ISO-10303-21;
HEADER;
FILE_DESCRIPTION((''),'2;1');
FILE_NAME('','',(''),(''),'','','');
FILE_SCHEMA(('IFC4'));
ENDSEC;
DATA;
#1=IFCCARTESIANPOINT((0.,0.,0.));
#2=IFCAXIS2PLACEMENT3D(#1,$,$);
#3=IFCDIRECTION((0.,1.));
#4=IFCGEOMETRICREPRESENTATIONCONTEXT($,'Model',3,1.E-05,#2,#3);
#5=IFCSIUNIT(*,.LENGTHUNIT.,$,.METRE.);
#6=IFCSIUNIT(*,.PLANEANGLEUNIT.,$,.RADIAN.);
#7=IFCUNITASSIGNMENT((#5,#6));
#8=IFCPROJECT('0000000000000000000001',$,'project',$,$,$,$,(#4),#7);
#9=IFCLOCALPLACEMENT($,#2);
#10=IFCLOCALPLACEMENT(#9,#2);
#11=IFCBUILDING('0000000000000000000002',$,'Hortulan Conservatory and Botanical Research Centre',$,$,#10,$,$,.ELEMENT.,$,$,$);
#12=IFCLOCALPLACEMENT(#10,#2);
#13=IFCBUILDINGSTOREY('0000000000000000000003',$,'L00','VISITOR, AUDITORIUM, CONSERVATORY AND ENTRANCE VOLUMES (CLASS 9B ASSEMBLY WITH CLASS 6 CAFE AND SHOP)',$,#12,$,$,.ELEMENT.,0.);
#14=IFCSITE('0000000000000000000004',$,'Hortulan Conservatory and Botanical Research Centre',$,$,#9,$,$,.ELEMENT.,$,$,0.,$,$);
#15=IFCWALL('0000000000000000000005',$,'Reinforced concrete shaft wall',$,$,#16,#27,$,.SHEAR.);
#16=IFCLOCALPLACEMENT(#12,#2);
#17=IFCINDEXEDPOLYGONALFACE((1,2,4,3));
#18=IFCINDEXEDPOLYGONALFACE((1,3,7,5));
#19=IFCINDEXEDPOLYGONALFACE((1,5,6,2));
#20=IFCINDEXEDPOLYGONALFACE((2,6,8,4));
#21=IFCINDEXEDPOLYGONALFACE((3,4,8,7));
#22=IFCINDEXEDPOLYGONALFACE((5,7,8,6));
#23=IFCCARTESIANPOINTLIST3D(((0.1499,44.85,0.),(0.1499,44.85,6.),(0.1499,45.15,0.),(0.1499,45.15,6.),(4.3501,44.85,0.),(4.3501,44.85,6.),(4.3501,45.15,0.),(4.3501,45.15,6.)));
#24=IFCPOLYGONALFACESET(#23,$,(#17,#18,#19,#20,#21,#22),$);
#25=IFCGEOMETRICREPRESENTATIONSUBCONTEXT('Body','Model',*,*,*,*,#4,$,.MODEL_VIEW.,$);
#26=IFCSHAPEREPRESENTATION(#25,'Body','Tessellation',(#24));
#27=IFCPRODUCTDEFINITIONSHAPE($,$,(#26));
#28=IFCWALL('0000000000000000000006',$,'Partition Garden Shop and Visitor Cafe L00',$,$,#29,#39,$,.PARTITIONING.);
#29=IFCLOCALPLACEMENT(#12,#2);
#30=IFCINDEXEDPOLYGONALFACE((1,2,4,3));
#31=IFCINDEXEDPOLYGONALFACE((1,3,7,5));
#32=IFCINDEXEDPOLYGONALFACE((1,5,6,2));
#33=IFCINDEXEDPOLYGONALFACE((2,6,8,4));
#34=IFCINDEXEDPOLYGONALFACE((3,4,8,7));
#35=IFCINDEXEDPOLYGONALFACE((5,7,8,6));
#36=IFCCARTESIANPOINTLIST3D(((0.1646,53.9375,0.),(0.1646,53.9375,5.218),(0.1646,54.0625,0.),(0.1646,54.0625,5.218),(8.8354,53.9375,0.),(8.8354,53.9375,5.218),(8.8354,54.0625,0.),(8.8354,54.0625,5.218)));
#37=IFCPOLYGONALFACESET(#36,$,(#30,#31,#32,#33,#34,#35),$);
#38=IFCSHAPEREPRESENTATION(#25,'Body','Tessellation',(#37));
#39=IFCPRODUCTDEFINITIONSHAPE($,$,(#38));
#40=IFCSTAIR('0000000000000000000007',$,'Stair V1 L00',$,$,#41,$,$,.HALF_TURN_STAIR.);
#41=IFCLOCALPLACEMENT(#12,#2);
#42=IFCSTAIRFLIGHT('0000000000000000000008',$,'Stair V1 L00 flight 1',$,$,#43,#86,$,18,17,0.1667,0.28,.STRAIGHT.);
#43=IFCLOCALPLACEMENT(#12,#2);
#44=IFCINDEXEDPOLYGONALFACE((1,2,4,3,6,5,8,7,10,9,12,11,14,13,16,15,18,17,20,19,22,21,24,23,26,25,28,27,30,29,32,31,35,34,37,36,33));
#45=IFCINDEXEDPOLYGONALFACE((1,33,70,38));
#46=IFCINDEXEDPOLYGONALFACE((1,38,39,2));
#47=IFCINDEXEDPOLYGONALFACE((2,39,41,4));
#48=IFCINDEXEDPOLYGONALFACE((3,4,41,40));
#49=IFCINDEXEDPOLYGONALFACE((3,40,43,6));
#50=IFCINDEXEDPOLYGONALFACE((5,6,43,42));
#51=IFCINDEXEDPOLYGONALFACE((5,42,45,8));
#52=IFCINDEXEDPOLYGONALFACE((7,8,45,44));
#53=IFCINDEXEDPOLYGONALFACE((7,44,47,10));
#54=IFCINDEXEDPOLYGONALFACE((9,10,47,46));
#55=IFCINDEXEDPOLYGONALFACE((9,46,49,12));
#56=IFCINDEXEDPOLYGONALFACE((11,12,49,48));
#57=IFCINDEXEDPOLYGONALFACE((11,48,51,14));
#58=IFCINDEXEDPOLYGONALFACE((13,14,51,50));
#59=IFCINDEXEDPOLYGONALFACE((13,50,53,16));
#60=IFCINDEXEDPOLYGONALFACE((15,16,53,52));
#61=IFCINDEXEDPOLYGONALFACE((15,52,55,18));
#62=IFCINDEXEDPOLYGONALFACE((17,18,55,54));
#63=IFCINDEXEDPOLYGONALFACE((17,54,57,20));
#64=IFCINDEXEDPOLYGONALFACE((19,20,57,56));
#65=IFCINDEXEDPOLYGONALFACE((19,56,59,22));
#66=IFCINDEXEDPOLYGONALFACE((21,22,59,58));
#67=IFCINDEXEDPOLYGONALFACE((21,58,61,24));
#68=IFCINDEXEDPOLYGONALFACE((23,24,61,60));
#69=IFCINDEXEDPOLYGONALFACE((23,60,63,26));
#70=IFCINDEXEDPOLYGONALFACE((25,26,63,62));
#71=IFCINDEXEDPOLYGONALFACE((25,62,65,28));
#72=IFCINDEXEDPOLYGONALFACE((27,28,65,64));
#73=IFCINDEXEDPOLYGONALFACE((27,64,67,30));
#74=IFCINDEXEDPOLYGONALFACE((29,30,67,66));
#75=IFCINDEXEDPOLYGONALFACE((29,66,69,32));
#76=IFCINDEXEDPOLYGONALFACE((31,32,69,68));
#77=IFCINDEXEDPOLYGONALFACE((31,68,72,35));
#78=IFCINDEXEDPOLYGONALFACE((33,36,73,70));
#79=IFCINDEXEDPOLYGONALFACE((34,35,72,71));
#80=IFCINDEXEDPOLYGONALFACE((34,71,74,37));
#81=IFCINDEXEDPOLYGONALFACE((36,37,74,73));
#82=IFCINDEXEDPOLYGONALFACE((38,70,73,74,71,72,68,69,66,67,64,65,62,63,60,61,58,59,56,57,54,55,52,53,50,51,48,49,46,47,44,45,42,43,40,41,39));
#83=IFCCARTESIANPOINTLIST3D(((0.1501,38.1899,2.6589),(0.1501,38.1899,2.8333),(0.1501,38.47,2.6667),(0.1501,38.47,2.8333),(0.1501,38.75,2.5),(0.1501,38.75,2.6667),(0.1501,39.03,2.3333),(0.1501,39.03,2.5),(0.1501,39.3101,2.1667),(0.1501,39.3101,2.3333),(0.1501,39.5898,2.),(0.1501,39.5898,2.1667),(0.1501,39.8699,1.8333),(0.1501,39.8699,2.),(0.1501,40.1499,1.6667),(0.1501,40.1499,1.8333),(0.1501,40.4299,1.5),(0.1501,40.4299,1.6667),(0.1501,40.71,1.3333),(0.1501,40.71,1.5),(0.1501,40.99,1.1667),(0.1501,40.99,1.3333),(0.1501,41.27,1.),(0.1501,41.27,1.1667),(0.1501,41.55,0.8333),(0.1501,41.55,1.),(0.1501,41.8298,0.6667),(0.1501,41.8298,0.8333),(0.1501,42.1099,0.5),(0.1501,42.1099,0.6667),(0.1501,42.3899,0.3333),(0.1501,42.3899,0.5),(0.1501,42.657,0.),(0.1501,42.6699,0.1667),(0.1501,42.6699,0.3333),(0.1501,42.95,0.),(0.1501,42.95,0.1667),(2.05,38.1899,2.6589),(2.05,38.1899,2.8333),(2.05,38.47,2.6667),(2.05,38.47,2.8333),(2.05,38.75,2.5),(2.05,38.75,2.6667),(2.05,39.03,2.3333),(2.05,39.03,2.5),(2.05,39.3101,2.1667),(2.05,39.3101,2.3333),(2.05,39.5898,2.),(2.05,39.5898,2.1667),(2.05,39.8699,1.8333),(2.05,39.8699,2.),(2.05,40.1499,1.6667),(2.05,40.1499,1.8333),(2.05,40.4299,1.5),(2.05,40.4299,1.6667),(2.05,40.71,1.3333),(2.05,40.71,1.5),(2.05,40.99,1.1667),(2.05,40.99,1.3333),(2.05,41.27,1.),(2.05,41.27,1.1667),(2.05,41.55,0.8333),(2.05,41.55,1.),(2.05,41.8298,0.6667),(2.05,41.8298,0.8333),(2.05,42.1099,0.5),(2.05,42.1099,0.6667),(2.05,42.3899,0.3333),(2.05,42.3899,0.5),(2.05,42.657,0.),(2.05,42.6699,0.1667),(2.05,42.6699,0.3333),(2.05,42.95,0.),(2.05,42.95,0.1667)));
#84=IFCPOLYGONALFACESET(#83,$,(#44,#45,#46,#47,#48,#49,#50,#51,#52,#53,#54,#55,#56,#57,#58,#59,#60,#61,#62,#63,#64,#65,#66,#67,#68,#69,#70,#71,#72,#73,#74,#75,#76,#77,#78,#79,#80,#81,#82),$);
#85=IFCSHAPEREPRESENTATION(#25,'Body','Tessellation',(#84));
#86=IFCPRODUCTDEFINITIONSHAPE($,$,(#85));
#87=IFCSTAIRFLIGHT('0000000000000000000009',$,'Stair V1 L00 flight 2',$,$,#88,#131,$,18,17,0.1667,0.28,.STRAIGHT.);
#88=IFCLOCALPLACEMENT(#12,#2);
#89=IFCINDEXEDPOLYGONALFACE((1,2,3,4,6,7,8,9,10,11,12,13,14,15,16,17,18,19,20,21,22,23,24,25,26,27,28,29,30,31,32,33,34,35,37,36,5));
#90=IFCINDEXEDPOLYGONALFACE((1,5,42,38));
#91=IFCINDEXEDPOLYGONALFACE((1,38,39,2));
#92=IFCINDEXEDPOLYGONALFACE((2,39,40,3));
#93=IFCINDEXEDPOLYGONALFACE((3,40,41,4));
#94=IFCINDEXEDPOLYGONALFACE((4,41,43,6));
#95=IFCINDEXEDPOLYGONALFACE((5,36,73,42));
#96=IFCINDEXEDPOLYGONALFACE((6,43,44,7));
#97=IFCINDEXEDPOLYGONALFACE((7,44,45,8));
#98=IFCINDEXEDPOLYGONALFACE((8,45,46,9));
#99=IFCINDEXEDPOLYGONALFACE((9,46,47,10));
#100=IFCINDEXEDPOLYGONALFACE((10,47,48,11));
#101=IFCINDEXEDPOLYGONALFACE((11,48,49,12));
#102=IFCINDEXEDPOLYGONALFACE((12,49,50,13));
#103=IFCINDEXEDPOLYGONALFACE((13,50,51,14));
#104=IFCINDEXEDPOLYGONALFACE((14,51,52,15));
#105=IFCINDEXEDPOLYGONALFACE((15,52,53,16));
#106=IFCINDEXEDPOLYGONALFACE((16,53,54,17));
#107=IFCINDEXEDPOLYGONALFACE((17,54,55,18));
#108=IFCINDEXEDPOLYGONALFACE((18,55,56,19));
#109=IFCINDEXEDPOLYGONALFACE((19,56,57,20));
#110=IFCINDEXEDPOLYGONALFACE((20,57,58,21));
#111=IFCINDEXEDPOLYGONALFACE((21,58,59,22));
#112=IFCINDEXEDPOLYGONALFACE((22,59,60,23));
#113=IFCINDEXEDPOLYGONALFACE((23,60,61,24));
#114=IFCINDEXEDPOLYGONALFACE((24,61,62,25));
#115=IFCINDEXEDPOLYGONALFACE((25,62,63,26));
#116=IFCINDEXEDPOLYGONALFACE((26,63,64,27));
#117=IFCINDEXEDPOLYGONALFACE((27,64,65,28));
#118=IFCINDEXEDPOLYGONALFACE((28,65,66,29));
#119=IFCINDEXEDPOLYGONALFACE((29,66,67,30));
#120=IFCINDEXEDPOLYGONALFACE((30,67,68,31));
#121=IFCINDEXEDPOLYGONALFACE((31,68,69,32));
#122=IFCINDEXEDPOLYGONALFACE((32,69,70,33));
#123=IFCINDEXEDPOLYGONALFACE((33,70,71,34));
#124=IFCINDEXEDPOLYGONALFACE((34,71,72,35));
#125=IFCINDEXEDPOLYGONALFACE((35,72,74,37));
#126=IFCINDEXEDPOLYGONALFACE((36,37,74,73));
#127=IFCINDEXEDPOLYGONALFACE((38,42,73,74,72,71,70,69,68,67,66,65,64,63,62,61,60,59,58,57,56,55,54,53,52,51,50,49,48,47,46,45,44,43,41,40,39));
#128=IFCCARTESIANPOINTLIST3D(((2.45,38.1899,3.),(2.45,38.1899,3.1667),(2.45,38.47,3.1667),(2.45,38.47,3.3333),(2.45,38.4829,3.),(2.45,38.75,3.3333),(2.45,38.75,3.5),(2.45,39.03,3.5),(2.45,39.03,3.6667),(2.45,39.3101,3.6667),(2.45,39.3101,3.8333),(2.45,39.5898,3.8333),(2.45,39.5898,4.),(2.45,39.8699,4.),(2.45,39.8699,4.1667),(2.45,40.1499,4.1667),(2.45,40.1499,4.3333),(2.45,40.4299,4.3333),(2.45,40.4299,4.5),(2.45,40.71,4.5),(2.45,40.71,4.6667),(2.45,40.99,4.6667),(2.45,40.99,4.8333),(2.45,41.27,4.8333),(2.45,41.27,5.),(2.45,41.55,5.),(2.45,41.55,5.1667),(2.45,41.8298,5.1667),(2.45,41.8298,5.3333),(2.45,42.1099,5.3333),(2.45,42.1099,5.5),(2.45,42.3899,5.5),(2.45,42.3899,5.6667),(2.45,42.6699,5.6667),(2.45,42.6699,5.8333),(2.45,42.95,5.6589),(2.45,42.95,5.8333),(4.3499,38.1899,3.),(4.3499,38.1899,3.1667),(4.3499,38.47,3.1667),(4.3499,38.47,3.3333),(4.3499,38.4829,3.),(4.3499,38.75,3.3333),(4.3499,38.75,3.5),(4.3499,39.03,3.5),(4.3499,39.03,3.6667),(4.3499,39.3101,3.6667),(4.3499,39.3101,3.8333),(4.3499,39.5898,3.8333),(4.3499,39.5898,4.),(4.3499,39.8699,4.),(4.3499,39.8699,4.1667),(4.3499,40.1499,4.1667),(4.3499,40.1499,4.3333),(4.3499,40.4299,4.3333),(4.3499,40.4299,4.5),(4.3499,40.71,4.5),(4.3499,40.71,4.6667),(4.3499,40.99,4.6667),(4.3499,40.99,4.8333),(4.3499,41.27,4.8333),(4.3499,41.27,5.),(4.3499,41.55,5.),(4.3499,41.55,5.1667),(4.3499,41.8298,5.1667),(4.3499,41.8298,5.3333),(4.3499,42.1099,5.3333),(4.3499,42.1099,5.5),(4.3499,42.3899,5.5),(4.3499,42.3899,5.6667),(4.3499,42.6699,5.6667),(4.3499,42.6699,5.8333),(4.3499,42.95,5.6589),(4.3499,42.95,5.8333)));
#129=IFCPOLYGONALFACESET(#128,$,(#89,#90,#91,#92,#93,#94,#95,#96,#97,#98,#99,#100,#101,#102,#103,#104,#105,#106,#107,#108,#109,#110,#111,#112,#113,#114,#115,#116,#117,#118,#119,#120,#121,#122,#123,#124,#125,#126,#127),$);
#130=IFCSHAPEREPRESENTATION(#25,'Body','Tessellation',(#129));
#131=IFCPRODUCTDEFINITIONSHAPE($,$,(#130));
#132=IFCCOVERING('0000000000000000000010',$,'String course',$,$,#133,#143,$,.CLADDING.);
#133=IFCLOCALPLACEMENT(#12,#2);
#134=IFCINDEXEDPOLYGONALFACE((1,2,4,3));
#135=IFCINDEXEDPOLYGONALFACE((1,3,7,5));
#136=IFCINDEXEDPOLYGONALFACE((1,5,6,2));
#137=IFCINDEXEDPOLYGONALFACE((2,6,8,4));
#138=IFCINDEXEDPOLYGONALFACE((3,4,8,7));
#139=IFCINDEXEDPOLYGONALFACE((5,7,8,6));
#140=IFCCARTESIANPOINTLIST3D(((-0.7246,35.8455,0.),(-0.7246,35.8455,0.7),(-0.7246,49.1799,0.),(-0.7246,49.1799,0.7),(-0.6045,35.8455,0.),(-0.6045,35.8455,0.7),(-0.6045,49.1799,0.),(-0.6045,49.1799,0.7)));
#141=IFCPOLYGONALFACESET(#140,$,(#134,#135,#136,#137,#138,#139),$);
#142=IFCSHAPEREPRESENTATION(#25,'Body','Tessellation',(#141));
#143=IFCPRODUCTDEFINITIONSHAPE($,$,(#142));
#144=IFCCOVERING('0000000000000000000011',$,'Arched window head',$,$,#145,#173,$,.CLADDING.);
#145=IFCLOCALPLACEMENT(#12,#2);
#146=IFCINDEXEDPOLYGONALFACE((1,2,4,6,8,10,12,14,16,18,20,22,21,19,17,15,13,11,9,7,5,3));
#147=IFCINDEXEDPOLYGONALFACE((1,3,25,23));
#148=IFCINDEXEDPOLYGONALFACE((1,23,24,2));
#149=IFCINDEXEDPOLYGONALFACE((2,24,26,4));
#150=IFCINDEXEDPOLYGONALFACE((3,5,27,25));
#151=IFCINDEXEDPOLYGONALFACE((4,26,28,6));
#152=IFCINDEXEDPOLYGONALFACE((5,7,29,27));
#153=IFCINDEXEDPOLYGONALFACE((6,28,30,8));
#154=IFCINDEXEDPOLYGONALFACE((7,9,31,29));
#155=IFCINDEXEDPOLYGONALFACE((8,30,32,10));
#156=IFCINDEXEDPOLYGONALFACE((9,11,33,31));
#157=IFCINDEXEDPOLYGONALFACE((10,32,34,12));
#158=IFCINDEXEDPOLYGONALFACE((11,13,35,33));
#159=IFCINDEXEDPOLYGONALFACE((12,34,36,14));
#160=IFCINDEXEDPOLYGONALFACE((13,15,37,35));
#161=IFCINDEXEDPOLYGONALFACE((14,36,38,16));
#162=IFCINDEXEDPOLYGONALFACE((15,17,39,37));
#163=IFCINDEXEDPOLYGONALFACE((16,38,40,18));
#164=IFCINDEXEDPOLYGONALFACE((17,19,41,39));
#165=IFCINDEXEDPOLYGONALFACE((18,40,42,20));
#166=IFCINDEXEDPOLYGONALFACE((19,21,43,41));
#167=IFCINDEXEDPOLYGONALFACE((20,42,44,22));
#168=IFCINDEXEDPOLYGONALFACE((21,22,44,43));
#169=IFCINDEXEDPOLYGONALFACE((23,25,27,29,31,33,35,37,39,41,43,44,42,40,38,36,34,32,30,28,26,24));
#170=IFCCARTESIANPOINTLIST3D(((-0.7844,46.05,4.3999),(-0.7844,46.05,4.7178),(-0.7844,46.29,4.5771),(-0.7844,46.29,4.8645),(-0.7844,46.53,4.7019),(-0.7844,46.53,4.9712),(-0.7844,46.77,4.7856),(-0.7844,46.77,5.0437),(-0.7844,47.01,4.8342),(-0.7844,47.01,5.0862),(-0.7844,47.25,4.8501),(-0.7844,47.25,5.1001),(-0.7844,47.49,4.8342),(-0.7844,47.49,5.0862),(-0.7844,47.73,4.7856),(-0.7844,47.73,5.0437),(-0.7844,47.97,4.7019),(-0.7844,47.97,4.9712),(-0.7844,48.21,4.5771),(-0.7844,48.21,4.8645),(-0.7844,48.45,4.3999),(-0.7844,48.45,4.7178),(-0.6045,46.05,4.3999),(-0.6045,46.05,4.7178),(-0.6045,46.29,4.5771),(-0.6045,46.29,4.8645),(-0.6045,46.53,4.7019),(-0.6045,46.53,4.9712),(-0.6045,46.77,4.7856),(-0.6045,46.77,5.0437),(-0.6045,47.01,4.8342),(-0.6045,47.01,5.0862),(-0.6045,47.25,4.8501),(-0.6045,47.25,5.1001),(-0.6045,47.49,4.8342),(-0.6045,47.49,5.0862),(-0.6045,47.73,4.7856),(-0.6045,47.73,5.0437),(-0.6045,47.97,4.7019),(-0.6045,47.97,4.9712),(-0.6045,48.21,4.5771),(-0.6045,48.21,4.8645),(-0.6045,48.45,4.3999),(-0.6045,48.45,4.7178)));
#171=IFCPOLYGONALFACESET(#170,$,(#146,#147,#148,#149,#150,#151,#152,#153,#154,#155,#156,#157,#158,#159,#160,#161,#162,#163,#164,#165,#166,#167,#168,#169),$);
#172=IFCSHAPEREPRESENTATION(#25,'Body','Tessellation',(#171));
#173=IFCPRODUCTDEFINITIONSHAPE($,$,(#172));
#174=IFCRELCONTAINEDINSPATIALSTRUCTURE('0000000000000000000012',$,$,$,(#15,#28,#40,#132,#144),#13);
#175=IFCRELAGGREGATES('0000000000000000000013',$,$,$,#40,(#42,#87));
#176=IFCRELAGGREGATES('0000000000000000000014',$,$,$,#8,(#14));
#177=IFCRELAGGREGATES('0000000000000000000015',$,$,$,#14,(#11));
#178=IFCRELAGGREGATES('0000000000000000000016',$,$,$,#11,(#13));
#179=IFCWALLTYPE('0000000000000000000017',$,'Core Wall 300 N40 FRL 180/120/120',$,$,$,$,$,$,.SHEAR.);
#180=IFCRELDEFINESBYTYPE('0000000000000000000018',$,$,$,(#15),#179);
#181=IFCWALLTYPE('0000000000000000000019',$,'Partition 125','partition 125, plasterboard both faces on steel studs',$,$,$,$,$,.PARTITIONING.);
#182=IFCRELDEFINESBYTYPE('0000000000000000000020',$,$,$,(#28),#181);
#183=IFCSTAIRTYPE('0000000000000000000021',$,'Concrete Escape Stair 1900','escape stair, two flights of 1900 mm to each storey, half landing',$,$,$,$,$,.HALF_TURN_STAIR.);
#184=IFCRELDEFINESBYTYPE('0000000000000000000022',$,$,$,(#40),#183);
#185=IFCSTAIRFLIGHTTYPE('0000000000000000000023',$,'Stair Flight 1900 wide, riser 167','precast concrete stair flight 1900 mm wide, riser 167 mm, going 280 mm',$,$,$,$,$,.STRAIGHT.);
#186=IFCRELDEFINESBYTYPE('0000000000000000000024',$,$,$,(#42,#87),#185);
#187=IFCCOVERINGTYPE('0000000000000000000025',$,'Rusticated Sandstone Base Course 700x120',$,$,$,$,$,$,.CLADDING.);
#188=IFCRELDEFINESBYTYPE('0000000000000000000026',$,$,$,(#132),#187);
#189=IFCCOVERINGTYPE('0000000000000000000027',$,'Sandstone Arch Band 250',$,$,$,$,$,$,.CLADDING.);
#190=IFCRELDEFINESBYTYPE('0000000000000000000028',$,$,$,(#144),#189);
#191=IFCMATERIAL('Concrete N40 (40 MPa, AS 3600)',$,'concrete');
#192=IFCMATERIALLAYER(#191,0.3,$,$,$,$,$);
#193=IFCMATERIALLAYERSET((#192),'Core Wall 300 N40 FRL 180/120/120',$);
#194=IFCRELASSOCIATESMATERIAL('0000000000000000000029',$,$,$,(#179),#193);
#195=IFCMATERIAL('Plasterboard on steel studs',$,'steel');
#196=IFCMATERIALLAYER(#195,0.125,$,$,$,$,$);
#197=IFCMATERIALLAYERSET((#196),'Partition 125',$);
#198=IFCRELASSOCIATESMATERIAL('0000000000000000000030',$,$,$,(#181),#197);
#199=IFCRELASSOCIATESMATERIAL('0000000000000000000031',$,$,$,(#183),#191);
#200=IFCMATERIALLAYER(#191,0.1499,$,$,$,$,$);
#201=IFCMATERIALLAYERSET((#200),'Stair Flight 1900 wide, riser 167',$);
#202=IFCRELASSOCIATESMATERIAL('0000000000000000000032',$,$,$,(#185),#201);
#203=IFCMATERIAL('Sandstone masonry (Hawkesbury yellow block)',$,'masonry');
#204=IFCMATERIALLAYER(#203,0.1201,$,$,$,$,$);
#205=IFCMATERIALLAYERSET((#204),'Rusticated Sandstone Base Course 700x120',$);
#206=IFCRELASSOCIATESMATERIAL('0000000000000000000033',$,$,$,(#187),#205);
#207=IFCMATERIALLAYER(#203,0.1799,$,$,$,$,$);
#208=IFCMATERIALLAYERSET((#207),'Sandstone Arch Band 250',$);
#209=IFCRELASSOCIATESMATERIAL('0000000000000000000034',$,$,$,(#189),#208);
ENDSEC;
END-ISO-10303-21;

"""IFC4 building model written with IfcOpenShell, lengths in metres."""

from ifc_helpers import new_model, si_unit, direction, frame, frame_2d, origin, origin_2d, place, context, subcontext, project, spatial, polyline, rectangle, outline, extrude, material, layer, layer_set, type_object, element, aggregate, save


model = new_model("IFC4")

# Units and contexts
model_context = context("Model", 3, precision=1e-05, world=origin(), true_north=direction((0.0, 1.0)))
body_context = subcontext(model_context, "Body", "Model", "MODEL_VIEW")
ifc_project = project(units=[si_unit("LENGTHUNIT", "METRE"), si_unit("PLANEANGLEUNIT", "RADIAN")], contexts=[model_context])

# Site, building, storey
site_placement = place(None, origin())
site = spatial("IfcSite", under=ifc_project, at=site_placement, Name="Hortulan Conservatory and Botanical Research Centre", CompositionType="ELEMENT", RefElevation=0.0)
building_placement = place(site_placement, origin())
building = spatial("IfcBuilding", under=site, at=building_placement, Name="Hortulan Conservatory and Botanical Research Centre", CompositionType="ELEMENT")
storey_placement = place(building_placement, origin())
storey = spatial("IfcBuildingStorey", under=building, at=storey_placement, Name="L00", Description="VISITOR, AUDITORIUM, CONSERVATORY AND ENTRANCE VOLUMES (CLASS 9B ASSEMBLY WITH CLASS 6 CAFE AND SHOP)", CompositionType="ELEMENT", Elevation=0.0)

# Walls
ifc_material_1 = material(Name="Concrete N40 (40 MPa, AS 3600)", Category="concrete")
ifc_layer_1 = layer(ifc_material_1, 0.3)
ifc_layer_set_1 = layer_set([ifc_layer_1], Name="Core Wall 300 N40 FRL 180/120/120")
wall_type_1 = type_object("IfcWallType", Name="Core Wall 300 N40 FRL 180/120/120", PredefinedType="SHEAR", material=ifc_layer_set_1)
wall_1_placement = place(storey_placement, frame((0.1499, 45.0, 0.0), z_axis=(0.0, 0.0, 1.0), x_axis=(1.0, 0.0, 0.0)))
element("IfcWall", 1, at=wall_1_placement, inside=storey, type_object=wall_type_1, Name="Reinforced concrete shaft wall", PredefinedType="SHEAR", context=body_context, shape_type="SweptSolid", body=[
    extrude(rectangle(XDim=4.2002, YDim=0.3, at=frame_2d((2.1001, 0.0))), origin(), (0.0, 0.0, 1.0), 6.0),
])
ifc_material_2 = material(Name="Plasterboard on steel studs", Category="steel")
ifc_layer_2 = layer(ifc_material_2, 0.125)
ifc_layer_set_2 = layer_set([ifc_layer_2], Name="Partition 125")
wall_type_2 = type_object("IfcWallType", Name="Partition 125", Description="partition 125, plasterboard both faces on steel studs", PredefinedType="PARTITIONING", material=ifc_layer_set_2)
wall_2_placement = place(storey_placement, frame((0.1646, 54.0, 0.0), z_axis=(0.0, 0.0, 1.0), x_axis=(1.0, 0.0, 0.0)))
element("IfcWall", 2, at=wall_2_placement, inside=storey, type_object=wall_type_2, Name="Partition Garden Shop and Visitor Cafe L00", PredefinedType="PARTITIONING", context=body_context, shape_type="SweptSolid", body=[
    extrude(rectangle(XDim=8.6709, YDim=0.125, at=frame_2d((4.3354, 0.0))), origin(), (0.0, 0.0, 1.0), 5.218),
])

# Stair, stair flights
stair_type = type_object("IfcStairType", Name="Concrete Escape Stair 1900", Description="escape stair, two flights of 1900 mm to each storey, half landing", PredefinedType="HALF_TURN_STAIR", material=ifc_material_1)
stair_placement = place(storey_placement, origin())
stair = element("IfcStair", 3, at=stair_placement, inside=storey, type_object=stair_type, Name="Stair V1 L00", PredefinedType="HALF_TURN_STAIR")
ifc_layer_3 = layer(ifc_material_1, 0.1499)
ifc_layer_set_3 = layer_set([ifc_layer_3], Name="Stair Flight 1900 wide, riser 167")
stair_flight_type = type_object("IfcStairFlightType", Name="Stair Flight 1900 wide, riser 167", Description="precast concrete stair flight 1900 mm wide, riser 167 mm, going 280 mm", PredefinedType="STRAIGHT", material=ifc_layer_set_3)
stair_flight_1_placement = place(storey_placement, frame((1.1001, 42.95, 0.0), z_axis=(0.0, 0.0, 1.0), x_axis=(0.0, -1.0, 0.0)))
stair_flight_1 = element("IfcStairFlight", 4, at=stair_flight_1_placement, type_object=stair_flight_type, Name="Stair V1 L00 flight 1", NumberOfRisers=18, NumberOfTreads=17, PredefinedType="STRAIGHT", RiserHeight=0.1667, TreadLength=0.28, context=body_context, shape_type="SweptSolid", body=[
    extrude(outline(polyline([(0.0, 0.0), (0.0, 0.1667), (0.28, 0.1667), (0.28, 0.3333), (0.5601, 0.3333), (0.5601, 0.5), (0.8401, 0.5), (0.8401, 0.6667), (1.1201, 0.6667), (1.1201, 0.8333), (1.3999, 0.8333), (1.3999, 1.0), (1.6799, 1.0), (1.6799, 1.1667), (1.96, 1.1667), (1.96, 1.3333), (2.24, 1.3333), (2.24, 1.5), (2.52, 1.5), (2.52, 1.6667), (2.8, 1.6667), (2.8, 1.8333), (3.0801, 1.8333), (3.0801, 2.0), (3.3601, 2.0), (3.3601, 2.1667), (3.6399, 2.1667), (3.6399, 2.3333), (3.9199, 2.3333), (3.9199, 2.5), (4.2, 2.5), (4.2, 2.6667), (4.48, 2.6667), (4.48, 2.8333), (4.76, 2.8333), (4.76, 3.0), (4.76, 2.6589), (0.293, 0.0), (0.0, 0.0)])), frame((0.0, 0.95, 0.0), z_axis=(0.0, -1.0, 0.0), x_axis=(1.0, 0.0, 0.0)), (0.0, 0.0, 1.0), 1.8999),
])
stair_flight_2_placement = place(storey_placement, frame((3.3999, 38.1899, 3.0), z_axis=(0.0, 0.0, 1.0), x_axis=(0.0, 1.0, 0.0)))
stair_flight_2 = element("IfcStairFlight", 5, at=stair_flight_2_placement, type_object=stair_flight_type, Name="Stair V1 L00 flight 2", NumberOfRisers=18, NumberOfTreads=17, PredefinedType="STRAIGHT", RiserHeight=0.1667, TreadLength=0.28, context=body_context, shape_type="SweptSolid", body=[
    extrude(outline(polyline([(0.0, 0.0), (0.0, 0.1667), (0.28, 0.1667), (0.28, 0.3333), (0.5601, 0.3333), (0.5601, 0.5), (0.8401, 0.5), (0.8401, 0.6667), (1.1201, 0.6667), (1.1201, 0.8333), (1.3999, 0.8333), (1.3999, 1.0), (1.6799, 1.0), (1.6799, 1.1667), (1.96, 1.1667), (1.96, 1.3333), (2.24, 1.3333), (2.24, 1.5), (2.52, 1.5), (2.52, 1.6667), (2.8, 1.6667), (2.8, 1.8333), (3.0801, 1.8333), (3.0801, 2.0), (3.3601, 2.0), (3.3601, 2.1667), (3.6399, 2.1667), (3.6399, 2.3333), (3.9199, 2.3333), (3.9199, 2.5), (4.2, 2.5), (4.2, 2.6667), (4.48, 2.6667), (4.48, 2.8333), (4.76, 2.8333), (4.76, 3.0), (4.76, 2.6589), (0.293, 0.0), (0.0, 0.0)])), frame((0.0, 0.95, 0.0), z_axis=(0.0, -1.0, 0.0), x_axis=(1.0, 0.0, 0.0)), (0.0, 0.0, 1.0), 1.8999),
])
aggregate(stair, [stair_flight_1, stair_flight_2])

# Coverings
ifc_material_3 = material(Name="Sandstone masonry (Hawkesbury yellow block)", Category="masonry")
ifc_layer_4 = layer(ifc_material_3, 0.1201)
ifc_layer_set_4 = layer_set([ifc_layer_4], Name="Rusticated Sandstone Base Course 700x120")
covering_type_1 = type_object("IfcCoveringType", Name="Rusticated Sandstone Base Course 700x120", PredefinedType="CLADDING", material=ifc_layer_set_4)
covering_1_placement = place(storey_placement, frame((-0.6646, 42.5127, 0.0), z_axis=(0.0, 0.0, 1.0), x_axis=(0.0, 1.0, 0.0)))
element("IfcCovering", 6, at=covering_1_placement, inside=storey, type_object=covering_type_1, Name="String course", PredefinedType="CLADDING", context=body_context, shape_type="SweptSolid", body=[
    extrude(rectangle(XDim=13.3345, YDim=0.1201, at=origin_2d()), origin(), (0.0, 0.0, 1.0), 0.7),
])
ifc_layer_5 = layer(ifc_material_3, 0.1799)
ifc_layer_set_5 = layer_set([ifc_layer_5], Name="Sandstone Arch Band 250")
covering_type_2 = type_object("IfcCoveringType", Name="Sandstone Arch Band 250", PredefinedType="CLADDING", material=ifc_layer_set_5)
for number, where, z_axis, x_axis, name in (
    (7, (-0.6946, 46.05, 4.3999), (0.0, 0.0, 1.0), (0.0, 1.0, 0.0), "Arched window head"),
):
    element("IfcCovering", number, at=place(storey_placement, frame(where, z_axis=z_axis, x_axis=x_axis)), inside=storey, type_object=covering_type_2, Name=name, PredefinedType="CLADDING", context=body_context, shape_type="SweptSolid", body=[
        extrude(outline(polyline([(0.0, 0.0), (0.24, 0.1772), (0.48, 0.302), (0.72, 0.3857), (0.96, 0.4343), (1.2, 0.4502), (1.4399, 0.4343), (1.6799, 0.3857), (1.9199, 0.302), (2.1599, 0.1772), (2.3999, 0.0), (2.3999, 0.3179), (2.1599, 0.4646), (1.9199, 0.5713), (1.6799, 0.6438), (1.4399, 0.6863), (1.2, 0.7002), (0.96, 0.6863), (0.72, 0.6438), (0.48, 0.5713), (0.24, 0.4646), (0.0, 0.3179), (0.0, 0.0)])), frame((0.0, 0.0898, 0.0), z_axis=(0.0, -1.0, 0.0), x_axis=(1.0, 0.0, 0.0)), (0.0, 0.0, 1.0), 0.1799),
    ])

save(model, "model.ifc")
